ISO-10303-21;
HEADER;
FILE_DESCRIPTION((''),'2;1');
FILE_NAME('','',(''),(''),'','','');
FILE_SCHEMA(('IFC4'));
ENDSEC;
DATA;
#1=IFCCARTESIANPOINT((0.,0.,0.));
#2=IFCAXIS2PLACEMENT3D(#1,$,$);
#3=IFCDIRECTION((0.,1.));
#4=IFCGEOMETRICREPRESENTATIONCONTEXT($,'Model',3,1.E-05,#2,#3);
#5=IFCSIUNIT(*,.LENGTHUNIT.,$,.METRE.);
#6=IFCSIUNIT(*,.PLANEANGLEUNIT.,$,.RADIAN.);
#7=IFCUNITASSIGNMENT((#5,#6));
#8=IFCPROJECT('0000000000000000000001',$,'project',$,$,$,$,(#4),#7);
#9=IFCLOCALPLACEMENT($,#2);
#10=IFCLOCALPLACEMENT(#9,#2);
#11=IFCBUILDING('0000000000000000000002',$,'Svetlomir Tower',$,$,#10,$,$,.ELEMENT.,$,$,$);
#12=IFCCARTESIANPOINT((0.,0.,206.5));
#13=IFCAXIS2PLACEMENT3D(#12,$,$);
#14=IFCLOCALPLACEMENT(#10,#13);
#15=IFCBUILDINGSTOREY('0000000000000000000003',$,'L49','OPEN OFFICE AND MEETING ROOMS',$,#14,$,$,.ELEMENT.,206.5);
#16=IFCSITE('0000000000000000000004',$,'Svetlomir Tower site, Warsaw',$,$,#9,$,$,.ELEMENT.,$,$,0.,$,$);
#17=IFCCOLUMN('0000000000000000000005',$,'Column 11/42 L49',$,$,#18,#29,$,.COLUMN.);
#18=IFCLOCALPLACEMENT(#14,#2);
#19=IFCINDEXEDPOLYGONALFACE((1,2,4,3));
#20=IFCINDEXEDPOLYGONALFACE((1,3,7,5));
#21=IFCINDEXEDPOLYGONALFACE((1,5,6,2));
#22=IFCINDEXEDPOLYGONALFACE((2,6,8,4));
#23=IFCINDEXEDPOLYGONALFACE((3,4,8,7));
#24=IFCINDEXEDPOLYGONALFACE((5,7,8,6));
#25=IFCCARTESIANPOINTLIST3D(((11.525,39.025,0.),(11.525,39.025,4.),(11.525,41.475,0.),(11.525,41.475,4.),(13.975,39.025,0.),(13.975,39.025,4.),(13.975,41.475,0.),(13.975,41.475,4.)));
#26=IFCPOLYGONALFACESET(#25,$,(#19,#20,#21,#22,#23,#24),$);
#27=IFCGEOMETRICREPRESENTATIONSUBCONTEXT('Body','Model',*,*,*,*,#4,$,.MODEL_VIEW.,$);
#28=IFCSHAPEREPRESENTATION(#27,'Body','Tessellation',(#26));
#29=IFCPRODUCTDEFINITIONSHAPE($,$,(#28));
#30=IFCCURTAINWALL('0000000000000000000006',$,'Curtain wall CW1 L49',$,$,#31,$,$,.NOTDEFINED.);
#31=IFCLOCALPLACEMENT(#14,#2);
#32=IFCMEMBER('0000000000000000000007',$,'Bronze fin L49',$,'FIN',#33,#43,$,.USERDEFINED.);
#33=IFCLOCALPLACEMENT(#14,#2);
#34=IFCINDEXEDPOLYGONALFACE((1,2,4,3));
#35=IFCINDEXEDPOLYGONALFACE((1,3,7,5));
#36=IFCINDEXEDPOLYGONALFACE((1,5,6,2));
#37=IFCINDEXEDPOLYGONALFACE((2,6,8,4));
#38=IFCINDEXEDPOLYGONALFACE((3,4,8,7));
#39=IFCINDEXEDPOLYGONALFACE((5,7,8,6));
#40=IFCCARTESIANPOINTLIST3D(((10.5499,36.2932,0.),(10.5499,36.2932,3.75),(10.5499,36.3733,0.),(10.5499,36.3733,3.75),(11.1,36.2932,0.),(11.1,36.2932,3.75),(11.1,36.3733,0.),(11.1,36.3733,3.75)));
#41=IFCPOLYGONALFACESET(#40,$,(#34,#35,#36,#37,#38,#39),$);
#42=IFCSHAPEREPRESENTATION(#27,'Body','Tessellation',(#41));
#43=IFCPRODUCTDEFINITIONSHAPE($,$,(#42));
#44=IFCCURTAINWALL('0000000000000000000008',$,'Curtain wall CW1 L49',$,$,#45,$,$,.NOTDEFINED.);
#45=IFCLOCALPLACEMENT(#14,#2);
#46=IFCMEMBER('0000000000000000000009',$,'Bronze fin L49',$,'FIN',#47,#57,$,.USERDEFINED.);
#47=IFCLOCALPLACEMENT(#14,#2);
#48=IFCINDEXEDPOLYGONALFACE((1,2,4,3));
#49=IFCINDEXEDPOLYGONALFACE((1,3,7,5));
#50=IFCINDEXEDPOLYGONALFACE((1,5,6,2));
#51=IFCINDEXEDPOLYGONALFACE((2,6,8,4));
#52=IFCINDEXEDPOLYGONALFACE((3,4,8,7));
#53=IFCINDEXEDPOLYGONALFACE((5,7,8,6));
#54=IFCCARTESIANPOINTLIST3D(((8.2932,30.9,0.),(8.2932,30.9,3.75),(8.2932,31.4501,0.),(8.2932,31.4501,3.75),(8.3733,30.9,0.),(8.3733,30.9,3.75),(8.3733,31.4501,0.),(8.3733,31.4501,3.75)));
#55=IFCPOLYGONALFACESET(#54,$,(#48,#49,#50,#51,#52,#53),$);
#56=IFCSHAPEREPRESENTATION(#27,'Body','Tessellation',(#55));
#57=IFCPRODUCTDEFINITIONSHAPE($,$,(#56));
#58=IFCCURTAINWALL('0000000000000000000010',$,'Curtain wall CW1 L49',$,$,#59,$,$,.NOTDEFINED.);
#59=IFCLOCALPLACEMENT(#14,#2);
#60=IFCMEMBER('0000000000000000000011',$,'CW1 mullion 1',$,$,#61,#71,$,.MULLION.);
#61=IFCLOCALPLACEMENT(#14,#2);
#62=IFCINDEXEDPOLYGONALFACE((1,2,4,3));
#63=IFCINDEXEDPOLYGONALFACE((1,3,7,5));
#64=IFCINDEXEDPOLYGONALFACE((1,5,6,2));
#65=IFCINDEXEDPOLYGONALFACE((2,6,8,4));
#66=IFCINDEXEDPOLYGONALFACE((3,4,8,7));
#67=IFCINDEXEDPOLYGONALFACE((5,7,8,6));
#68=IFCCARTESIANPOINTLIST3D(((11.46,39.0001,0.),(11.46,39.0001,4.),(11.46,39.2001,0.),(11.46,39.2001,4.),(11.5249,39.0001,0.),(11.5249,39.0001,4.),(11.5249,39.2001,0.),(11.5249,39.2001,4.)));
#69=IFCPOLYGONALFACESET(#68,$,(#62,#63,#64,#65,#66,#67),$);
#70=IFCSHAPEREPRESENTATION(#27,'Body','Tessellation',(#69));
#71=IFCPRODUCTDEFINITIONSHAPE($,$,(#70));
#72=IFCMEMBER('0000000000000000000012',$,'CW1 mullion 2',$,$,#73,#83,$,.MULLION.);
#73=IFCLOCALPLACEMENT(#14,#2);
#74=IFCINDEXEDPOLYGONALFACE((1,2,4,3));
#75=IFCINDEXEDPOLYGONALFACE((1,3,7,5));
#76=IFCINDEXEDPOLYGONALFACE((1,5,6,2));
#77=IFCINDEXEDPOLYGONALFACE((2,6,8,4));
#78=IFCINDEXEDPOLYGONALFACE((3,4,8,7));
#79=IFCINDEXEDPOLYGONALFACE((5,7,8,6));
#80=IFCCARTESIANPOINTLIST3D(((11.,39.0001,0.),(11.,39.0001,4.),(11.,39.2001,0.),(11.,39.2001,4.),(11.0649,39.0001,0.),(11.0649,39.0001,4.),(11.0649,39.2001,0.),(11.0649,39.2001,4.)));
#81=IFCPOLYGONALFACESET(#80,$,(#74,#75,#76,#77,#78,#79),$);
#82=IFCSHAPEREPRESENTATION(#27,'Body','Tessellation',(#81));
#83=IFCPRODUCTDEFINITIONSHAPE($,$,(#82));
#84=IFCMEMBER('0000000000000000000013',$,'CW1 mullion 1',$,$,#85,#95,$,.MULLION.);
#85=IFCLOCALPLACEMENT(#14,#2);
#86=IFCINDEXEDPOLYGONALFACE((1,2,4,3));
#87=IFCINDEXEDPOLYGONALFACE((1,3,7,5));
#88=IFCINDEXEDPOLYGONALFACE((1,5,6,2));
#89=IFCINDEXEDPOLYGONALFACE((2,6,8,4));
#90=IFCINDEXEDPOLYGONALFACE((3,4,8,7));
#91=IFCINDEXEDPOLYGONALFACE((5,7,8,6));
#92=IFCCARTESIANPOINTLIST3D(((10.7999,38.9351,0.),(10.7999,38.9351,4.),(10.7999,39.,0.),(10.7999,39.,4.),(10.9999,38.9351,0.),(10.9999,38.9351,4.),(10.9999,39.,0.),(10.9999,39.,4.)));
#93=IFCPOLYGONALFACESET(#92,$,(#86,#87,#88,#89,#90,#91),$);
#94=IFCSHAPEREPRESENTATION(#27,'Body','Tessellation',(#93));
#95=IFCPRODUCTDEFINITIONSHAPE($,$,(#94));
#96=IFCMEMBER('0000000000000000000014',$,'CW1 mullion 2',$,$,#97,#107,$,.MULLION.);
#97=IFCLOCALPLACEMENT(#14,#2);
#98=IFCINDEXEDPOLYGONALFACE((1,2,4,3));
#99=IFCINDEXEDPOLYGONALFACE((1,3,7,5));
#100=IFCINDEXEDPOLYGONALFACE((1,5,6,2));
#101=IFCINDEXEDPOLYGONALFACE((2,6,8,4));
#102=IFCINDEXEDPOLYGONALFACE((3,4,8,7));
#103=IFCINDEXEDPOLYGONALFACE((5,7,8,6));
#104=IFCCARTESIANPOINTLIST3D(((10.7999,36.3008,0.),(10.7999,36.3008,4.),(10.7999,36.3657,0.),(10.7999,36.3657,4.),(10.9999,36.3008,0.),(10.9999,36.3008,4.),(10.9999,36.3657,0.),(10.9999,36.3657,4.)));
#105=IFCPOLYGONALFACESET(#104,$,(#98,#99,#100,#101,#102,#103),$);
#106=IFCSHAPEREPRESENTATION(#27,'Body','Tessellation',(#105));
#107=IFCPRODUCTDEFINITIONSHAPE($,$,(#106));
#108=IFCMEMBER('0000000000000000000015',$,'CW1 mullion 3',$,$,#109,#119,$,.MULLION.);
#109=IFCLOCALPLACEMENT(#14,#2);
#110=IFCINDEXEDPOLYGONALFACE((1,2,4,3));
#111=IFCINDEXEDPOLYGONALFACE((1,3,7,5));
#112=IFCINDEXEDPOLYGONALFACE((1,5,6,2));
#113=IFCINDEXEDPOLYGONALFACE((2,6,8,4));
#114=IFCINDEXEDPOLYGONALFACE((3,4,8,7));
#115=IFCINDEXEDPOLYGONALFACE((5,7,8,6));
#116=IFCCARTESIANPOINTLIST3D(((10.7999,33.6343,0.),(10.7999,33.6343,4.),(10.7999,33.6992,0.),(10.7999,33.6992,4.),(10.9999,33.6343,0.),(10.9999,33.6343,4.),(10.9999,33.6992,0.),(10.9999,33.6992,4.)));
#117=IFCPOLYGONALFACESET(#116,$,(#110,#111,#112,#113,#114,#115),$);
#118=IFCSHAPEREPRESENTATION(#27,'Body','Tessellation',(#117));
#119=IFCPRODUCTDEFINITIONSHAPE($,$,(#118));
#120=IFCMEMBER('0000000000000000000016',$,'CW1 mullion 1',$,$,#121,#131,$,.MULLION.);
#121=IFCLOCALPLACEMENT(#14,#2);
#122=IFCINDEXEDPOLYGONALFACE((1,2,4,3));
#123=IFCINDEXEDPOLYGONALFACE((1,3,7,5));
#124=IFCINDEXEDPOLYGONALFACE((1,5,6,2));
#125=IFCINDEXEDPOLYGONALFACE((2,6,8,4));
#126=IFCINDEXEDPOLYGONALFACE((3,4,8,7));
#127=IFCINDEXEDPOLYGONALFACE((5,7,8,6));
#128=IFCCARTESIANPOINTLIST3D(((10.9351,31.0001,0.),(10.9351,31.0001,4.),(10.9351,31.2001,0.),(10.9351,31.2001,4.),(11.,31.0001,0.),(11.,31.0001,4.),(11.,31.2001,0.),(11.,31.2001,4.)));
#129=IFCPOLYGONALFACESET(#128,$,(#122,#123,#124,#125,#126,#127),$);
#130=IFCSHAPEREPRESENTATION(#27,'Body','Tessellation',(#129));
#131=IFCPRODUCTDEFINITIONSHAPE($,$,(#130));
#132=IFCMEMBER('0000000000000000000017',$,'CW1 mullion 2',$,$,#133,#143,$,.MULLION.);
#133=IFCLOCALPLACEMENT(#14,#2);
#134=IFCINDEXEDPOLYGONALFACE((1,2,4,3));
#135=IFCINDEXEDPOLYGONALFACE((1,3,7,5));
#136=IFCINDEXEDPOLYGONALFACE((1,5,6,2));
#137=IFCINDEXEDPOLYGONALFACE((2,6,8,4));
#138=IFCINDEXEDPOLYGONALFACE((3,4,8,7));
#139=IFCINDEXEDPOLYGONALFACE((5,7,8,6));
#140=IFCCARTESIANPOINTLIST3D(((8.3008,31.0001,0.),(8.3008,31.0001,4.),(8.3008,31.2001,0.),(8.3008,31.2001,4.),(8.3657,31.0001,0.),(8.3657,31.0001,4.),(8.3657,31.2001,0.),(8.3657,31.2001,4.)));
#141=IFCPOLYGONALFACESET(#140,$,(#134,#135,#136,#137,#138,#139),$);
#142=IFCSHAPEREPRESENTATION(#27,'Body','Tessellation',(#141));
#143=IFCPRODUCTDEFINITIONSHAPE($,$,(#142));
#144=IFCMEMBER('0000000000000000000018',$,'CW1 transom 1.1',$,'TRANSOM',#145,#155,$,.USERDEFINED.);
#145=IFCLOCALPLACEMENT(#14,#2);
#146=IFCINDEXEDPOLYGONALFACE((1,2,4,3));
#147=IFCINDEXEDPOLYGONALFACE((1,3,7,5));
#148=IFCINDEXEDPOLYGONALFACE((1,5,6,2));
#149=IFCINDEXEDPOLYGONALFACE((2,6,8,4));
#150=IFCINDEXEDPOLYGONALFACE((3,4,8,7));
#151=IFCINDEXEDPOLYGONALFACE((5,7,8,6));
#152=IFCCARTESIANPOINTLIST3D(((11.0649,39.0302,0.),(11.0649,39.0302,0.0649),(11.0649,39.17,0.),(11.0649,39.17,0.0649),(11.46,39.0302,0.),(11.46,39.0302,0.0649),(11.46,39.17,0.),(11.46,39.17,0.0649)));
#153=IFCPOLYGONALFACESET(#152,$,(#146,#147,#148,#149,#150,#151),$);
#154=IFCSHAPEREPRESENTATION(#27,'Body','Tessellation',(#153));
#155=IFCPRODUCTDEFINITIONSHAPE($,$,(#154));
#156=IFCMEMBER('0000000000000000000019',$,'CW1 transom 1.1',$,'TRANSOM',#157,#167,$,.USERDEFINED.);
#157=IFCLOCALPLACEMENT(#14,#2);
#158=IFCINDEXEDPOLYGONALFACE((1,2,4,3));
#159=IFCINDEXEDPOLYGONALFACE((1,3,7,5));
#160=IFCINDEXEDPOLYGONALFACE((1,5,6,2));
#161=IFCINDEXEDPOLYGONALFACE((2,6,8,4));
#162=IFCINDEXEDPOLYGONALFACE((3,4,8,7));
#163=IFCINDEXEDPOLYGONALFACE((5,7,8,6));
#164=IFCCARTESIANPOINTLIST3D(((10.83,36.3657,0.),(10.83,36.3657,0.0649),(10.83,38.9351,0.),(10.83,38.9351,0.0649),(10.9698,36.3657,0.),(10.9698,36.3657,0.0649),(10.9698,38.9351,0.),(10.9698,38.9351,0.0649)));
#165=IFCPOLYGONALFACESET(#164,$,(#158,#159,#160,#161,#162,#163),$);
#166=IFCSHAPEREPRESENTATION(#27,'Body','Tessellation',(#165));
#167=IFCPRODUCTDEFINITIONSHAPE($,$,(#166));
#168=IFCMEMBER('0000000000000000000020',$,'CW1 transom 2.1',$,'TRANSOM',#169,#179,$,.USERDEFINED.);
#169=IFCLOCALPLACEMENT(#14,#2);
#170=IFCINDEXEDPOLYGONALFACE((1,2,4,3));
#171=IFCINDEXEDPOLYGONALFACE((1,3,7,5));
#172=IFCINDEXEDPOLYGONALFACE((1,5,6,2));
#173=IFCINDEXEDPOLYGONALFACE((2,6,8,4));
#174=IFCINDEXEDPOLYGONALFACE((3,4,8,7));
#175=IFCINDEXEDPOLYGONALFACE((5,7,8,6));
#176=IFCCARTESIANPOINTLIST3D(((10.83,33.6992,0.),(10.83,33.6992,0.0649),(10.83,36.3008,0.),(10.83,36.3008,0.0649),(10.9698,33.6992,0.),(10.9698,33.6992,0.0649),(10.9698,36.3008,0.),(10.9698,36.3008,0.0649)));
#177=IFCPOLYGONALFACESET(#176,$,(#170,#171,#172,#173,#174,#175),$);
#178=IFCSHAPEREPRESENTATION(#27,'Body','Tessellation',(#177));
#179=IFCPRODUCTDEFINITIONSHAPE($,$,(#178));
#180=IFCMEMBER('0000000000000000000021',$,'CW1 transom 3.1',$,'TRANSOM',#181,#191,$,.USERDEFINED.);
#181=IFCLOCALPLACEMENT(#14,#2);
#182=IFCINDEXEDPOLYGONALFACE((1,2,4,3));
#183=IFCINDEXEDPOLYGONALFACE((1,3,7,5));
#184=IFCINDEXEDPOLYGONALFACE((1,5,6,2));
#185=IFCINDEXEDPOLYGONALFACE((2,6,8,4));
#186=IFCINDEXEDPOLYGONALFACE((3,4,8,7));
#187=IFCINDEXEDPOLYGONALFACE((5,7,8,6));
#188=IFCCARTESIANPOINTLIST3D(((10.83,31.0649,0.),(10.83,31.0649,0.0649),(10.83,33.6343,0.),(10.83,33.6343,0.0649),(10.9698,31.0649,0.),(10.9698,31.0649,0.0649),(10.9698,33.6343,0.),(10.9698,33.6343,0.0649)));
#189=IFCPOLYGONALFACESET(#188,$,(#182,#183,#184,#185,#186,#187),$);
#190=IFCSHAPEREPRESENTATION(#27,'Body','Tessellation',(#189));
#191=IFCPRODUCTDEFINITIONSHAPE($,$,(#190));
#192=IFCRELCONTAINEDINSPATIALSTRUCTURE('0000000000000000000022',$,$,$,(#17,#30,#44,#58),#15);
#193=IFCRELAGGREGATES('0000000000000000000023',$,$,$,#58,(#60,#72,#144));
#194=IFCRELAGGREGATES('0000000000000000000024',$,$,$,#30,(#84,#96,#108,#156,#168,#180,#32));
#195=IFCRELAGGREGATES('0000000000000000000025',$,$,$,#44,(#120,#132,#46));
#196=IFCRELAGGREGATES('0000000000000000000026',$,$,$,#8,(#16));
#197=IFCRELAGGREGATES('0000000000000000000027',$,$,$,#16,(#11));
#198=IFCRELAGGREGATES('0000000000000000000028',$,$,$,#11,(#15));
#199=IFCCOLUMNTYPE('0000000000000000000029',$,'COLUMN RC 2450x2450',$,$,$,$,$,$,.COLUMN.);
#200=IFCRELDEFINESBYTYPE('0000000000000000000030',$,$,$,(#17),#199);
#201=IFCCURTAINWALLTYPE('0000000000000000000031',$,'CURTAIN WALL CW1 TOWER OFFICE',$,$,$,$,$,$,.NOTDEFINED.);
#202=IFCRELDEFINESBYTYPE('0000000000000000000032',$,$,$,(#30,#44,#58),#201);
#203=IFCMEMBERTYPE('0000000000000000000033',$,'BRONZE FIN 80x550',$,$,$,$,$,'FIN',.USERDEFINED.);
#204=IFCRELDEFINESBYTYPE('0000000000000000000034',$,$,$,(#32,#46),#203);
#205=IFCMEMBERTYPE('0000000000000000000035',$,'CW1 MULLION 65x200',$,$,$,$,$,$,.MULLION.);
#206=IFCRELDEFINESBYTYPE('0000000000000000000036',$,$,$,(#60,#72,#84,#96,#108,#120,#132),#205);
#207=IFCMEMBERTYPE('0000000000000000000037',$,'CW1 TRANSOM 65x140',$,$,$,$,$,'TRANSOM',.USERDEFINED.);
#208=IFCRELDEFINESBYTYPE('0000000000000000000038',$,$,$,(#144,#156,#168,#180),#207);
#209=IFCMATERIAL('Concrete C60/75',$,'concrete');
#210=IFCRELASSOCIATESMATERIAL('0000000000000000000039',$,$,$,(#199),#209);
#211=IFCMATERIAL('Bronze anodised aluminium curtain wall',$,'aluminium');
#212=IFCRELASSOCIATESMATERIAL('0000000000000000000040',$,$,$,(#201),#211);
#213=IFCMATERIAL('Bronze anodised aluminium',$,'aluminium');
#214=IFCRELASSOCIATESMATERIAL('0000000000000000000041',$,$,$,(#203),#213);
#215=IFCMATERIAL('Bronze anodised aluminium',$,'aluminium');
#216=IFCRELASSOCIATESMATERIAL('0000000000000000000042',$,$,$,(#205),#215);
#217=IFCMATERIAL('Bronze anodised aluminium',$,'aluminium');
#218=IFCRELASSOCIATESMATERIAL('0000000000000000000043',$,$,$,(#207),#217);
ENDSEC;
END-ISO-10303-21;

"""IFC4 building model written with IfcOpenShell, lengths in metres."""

from ifc_helpers import new_model, si_unit, direction, frame, origin, origin_2d, place, context, subcontext, project, spatial, rectangle, extrude, material, material_profile, profile_set, type_object, element, aggregate, save


model = new_model("IFC4")

# Units and contexts
model_context = context("Model", 3, precision=1e-05, world=origin(), true_north=direction((0.0, 1.0)))
body_context = subcontext(model_context, "Body", "Model", "MODEL_VIEW")
ifc_project = project(units=[si_unit("LENGTHUNIT", "METRE"), si_unit("PLANEANGLEUNIT", "RADIAN")], contexts=[model_context])

# Site, building, storey
site_placement = place(None, origin())
site = spatial("IfcSite", under=ifc_project, at=site_placement, Name="Svetlomir Tower site, Warsaw", CompositionType="ELEMENT", RefElevation=0.0)
building_placement = place(site_placement, origin())
building = spatial("IfcBuilding", under=site, at=building_placement, Name="Svetlomir Tower", CompositionType="ELEMENT")
storey_placement = place(building_placement, frame((0.0, 0.0, 206.5)))
storey = spatial("IfcBuildingStorey", under=building, at=storey_placement, Name="L49", Description="OPEN OFFICE AND MEETING ROOMS", CompositionType="ELEMENT", Elevation=206.5)

# Column
ifc_material_1 = material(Name="Concrete C60/75", Category="concrete")
ifc_material_profile_1 = material_profile(ifc_material_1, rectangle(XDim=2.45, YDim=2.45, at=origin_2d()), Name="RC 2450x2450")
ifc_profile_set_1 = profile_set([ifc_material_profile_1], Name="Concrete C60/75")
column_type = type_object("IfcColumnType", Name="COLUMN RC 2450x2450", PredefinedType="COLUMN", material=ifc_profile_set_1)
column_placement = place(storey_placement, frame((12.75, 40.25, 0.0), z_axis=(0.0, 0.0, 1.0), x_axis=(1.0, 0.0, 0.0)))
element("IfcColumn", 1, at=column_placement, inside=storey, type_object=column_type, Name="Column 11/42 L49", PredefinedType="COLUMN", context=body_context, shape_type="SweptSolid", body=[
    extrude(rectangle(XDim=2.45, YDim=2.45, at=origin_2d()), origin(), (0.0, 0.0, 1.0), 4.0),
])

# Curtain walls, members
ifc_material_2 = material(Name="Bronze anodised aluminium curtain wall", Category="aluminium")
curtain_wall_type = type_object("IfcCurtainWallType", Name="CURTAIN WALL CW1 TOWER OFFICE", PredefinedType="NOTDEFINED", material=ifc_material_2)
curtain_wall_1_placement = place(storey_placement, origin())
curtain_wall_1 = element("IfcCurtainWall", 2, at=curtain_wall_1_placement, inside=storey, type_object=curtain_wall_type, Name="Curtain wall CW1 L49", PredefinedType="NOTDEFINED")
ifc_material_3 = material(Name="Bronze anodised aluminium", Category="aluminium")
ifc_material_profile_2 = material_profile(ifc_material_3, rectangle(XDim=0.0801, YDim=0.55, at=origin_2d()), Name="FIN 80x550")
ifc_profile_set_2 = profile_set([ifc_material_profile_2], Name="Bronze anodised aluminium 6063-T6")
member_type_1 = type_object("IfcMemberType", Name="BRONZE FIN 80x550", ElementType="FIN", PredefinedType="USERDEFINED", material=ifc_profile_set_2)
member_1_placement = place(storey_placement, frame((10.825, 36.3333, 0.0), z_axis=(0.0, 0.0, 1.0), x_axis=(0.0, 1.0, 0.0)))
member_1 = element("IfcMember", 3, at=member_1_placement, type_object=member_type_1, Name="Bronze fin L49", ObjectType="FIN", PredefinedType="USERDEFINED", context=body_context, shape_type="SweptSolid", body=[
    extrude(rectangle(XDim=0.0801, YDim=0.55, at=origin_2d()), origin(), (0.0, 0.0, 1.0), 3.75),
])
curtain_wall_2_placement = place(storey_placement, origin())
curtain_wall_2 = element("IfcCurtainWall", 4, at=curtain_wall_2_placement, inside=storey, type_object=curtain_wall_type, Name="Curtain wall CW1 L49", PredefinedType="NOTDEFINED")
member_2_placement = place(storey_placement, frame((8.3333, 31.175, 0.0), z_axis=(0.0, 0.0, 1.0), x_axis=(1.0, 0.0, 0.0)))
member_2 = element("IfcMember", 5, at=member_2_placement, type_object=member_type_1, Name="Bronze fin L49", ObjectType="FIN", PredefinedType="USERDEFINED", context=body_context, shape_type="SweptSolid", body=[
    extrude(rectangle(XDim=0.0801, YDim=0.55, at=origin_2d()), origin(), (0.0, 0.0, 1.0), 3.75),
])

# Curtain wall, members
curtain_wall_3_placement = place(storey_placement, origin())
curtain_wall_3 = element("IfcCurtainWall", 6, at=curtain_wall_3_placement, inside=storey, type_object=curtain_wall_type, Name="Curtain wall CW1 L49", PredefinedType="NOTDEFINED")
ifc_material_4 = material(Name="Bronze anodised aluminium", Category="aluminium")
ifc_material_profile_3 = material_profile(ifc_material_4, rectangle(XDim=0.0649, YDim=0.2, at=origin_2d()), Name="AL 65x200")
ifc_profile_set_3 = profile_set([ifc_material_profile_3], Name="Bronze anodised aluminium 6063-T6")
member_type_2 = type_object("IfcMemberType", Name="CW1 MULLION 65x200", PredefinedType="MULLION", material=ifc_profile_set_3)
member_3_placement = place(storey_placement, frame((11.4924, 39.1001, 0.0), z_axis=(0.0, 0.0, 1.0), x_axis=(-1.0, 0.0, 0.0)))
member_3 = element("IfcMember", 7, at=member_3_placement, type_object=member_type_2, Name="CW1 mullion 1", PredefinedType="MULLION", context=body_context, shape_type="SweptSolid", body=[
    extrude(rectangle(XDim=0.0649, YDim=0.2, at=origin_2d()), origin(), (0.0, 0.0, 1.0), 4.0),
])
member_4_placement = place(storey_placement, frame((11.0325, 39.1001, 0.0), z_axis=(0.0, 0.0, 1.0), x_axis=(-1.0, 0.0, 0.0)))
member_4 = element("IfcMember", 8, at=member_4_placement, type_object=member_type_2, Name="CW1 mullion 2", PredefinedType="MULLION", context=body_context, shape_type="SweptSolid", body=[
    extrude(rectangle(XDim=0.0649, YDim=0.2, at=origin_2d()), origin(), (0.0, 0.0, 1.0), 4.0),
])

# Members
member_5_placement = place(storey_placement, frame((10.8999, 38.9675, 0.0), z_axis=(0.0, 0.0, 1.0), x_axis=(0.0, -1.0, 0.0)))
member_5 = element("IfcMember", 9, at=member_5_placement, type_object=member_type_2, Name="CW1 mullion 1", PredefinedType="MULLION", context=body_context, shape_type="SweptSolid", body=[
    extrude(rectangle(XDim=0.0649, YDim=0.2, at=origin_2d()), origin(), (0.0, 0.0, 1.0), 4.0),
])
member_6_placement = place(storey_placement, frame((10.8999, 36.3333, 0.0), z_axis=(0.0, 0.0, 1.0), x_axis=(0.0, -1.0, 0.0)))
member_6 = element("IfcMember", 10, at=member_6_placement, type_object=member_type_2, Name="CW1 mullion 2", PredefinedType="MULLION", context=body_context, shape_type="SweptSolid", body=[
    extrude(rectangle(XDim=0.0649, YDim=0.2, at=origin_2d()), origin(), (0.0, 0.0, 1.0), 4.0),
])
member_7_placement = place(storey_placement, frame((10.8999, 33.6667, 0.0), z_axis=(0.0, 0.0, 1.0), x_axis=(0.0, -1.0, 0.0)))
member_7 = element("IfcMember", 11, at=member_7_placement, type_object=member_type_2, Name="CW1 mullion 3", PredefinedType="MULLION", context=body_context, shape_type="SweptSolid", body=[
    extrude(rectangle(XDim=0.0649, YDim=0.2, at=origin_2d()), origin(), (0.0, 0.0, 1.0), 4.0),
])
member_8_placement = place(storey_placement, frame((10.9675, 31.1001, 0.0), z_axis=(0.0, 0.0, 1.0), x_axis=(-1.0, 0.0, 0.0)))
member_8 = element("IfcMember", 12, at=member_8_placement, type_object=member_type_2, Name="CW1 mullion 1", PredefinedType="MULLION", context=body_context, shape_type="SweptSolid", body=[
    extrude(rectangle(XDim=0.0649, YDim=0.2, at=origin_2d()), origin(), (0.0, 0.0, 1.0), 4.0),
])
member_9_placement = place(storey_placement, frame((8.3333, 31.1001, 0.0), z_axis=(0.0, 0.0, 1.0), x_axis=(-1.0, 0.0, 0.0)))
member_9 = element("IfcMember", 13, at=member_9_placement, type_object=member_type_2, Name="CW1 mullion 2", PredefinedType="MULLION", context=body_context, shape_type="SweptSolid", body=[
    extrude(rectangle(XDim=0.0649, YDim=0.2, at=origin_2d()), origin(), (0.0, 0.0, 1.0), 4.0),
])
ifc_material_5 = material(Name="Bronze anodised aluminium", Category="aluminium")
ifc_material_profile_4 = material_profile(ifc_material_5, rectangle(XDim=0.1399, YDim=0.0649, at=origin_2d()), Name="AL 140x65")
ifc_profile_set_4 = profile_set([ifc_material_profile_4], Name="Bronze anodised aluminium 6063-T6")
member_type_3 = type_object("IfcMemberType", Name="CW1 TRANSOM 65x140", ElementType="TRANSOM", PredefinedType="USERDEFINED", material=ifc_profile_set_4)
member_10_placement = place(storey_placement, frame((11.46, 39.1001, 0.0325), z_axis=(-1.0, 0.0, 0.0), x_axis=(0.0, -1.0, 0.0)))
member_10 = element("IfcMember", 14, at=member_10_placement, type_object=member_type_3, Name="CW1 transom 1.1", ObjectType="TRANSOM", PredefinedType="USERDEFINED", context=body_context, shape_type="SweptSolid", body=[
    extrude(rectangle(XDim=0.1399, YDim=0.0649, at=origin_2d()), origin(), (0.0, 0.0, 1.0), 0.395),
])
member_11_placement = place(storey_placement, frame((10.8999, 38.9351, 0.0325), z_axis=(0.0, -1.0, 0.0), x_axis=(1.0, 0.0, 0.0)))
member_11 = element("IfcMember", 15, at=member_11_placement, type_object=member_type_3, Name="CW1 transom 1.1", ObjectType="TRANSOM", PredefinedType="USERDEFINED", context=body_context, shape_type="SweptSolid", body=[
    extrude(rectangle(XDim=0.1399, YDim=0.0649, at=origin_2d()), origin(), (0.0, 0.0, 1.0), 2.5693),
])
member_12_placement = place(storey_placement, frame((10.8999, 36.3008, 0.0325), z_axis=(0.0, -1.0, 0.0), x_axis=(1.0, 0.0, 0.0)))
member_12 = element("IfcMember", 16, at=member_12_placement, type_object=member_type_3, Name="CW1 transom 2.1", ObjectType="TRANSOM", PredefinedType="USERDEFINED", context=body_context, shape_type="SweptSolid", body=[
    extrude(rectangle(XDim=0.1399, YDim=0.0649, at=origin_2d()), origin(), (0.0, 0.0, 1.0), 2.6016),
])
member_13_placement = place(storey_placement, frame((10.8999, 33.6343, 0.0325), z_axis=(0.0, -1.0, 0.0), x_axis=(1.0, 0.0, 0.0)))
member_13 = element("IfcMember", 17, at=member_13_placement, type_object=member_type_3, Name="CW1 transom 3.1", ObjectType="TRANSOM", PredefinedType="USERDEFINED", context=body_context, shape_type="SweptSolid", body=[
    extrude(rectangle(XDim=0.1399, YDim=0.0649, at=origin_2d()), origin(), (0.0, 0.0, 1.0), 2.5693),
])

aggregate(curtain_wall_3, [member_3, member_4, member_10])
aggregate(curtain_wall_1, [member_5, member_6, member_7, member_11, member_12, member_13, member_1])
aggregate(curtain_wall_2, [member_8, member_9, member_2])

save(model, "model.ifc")
